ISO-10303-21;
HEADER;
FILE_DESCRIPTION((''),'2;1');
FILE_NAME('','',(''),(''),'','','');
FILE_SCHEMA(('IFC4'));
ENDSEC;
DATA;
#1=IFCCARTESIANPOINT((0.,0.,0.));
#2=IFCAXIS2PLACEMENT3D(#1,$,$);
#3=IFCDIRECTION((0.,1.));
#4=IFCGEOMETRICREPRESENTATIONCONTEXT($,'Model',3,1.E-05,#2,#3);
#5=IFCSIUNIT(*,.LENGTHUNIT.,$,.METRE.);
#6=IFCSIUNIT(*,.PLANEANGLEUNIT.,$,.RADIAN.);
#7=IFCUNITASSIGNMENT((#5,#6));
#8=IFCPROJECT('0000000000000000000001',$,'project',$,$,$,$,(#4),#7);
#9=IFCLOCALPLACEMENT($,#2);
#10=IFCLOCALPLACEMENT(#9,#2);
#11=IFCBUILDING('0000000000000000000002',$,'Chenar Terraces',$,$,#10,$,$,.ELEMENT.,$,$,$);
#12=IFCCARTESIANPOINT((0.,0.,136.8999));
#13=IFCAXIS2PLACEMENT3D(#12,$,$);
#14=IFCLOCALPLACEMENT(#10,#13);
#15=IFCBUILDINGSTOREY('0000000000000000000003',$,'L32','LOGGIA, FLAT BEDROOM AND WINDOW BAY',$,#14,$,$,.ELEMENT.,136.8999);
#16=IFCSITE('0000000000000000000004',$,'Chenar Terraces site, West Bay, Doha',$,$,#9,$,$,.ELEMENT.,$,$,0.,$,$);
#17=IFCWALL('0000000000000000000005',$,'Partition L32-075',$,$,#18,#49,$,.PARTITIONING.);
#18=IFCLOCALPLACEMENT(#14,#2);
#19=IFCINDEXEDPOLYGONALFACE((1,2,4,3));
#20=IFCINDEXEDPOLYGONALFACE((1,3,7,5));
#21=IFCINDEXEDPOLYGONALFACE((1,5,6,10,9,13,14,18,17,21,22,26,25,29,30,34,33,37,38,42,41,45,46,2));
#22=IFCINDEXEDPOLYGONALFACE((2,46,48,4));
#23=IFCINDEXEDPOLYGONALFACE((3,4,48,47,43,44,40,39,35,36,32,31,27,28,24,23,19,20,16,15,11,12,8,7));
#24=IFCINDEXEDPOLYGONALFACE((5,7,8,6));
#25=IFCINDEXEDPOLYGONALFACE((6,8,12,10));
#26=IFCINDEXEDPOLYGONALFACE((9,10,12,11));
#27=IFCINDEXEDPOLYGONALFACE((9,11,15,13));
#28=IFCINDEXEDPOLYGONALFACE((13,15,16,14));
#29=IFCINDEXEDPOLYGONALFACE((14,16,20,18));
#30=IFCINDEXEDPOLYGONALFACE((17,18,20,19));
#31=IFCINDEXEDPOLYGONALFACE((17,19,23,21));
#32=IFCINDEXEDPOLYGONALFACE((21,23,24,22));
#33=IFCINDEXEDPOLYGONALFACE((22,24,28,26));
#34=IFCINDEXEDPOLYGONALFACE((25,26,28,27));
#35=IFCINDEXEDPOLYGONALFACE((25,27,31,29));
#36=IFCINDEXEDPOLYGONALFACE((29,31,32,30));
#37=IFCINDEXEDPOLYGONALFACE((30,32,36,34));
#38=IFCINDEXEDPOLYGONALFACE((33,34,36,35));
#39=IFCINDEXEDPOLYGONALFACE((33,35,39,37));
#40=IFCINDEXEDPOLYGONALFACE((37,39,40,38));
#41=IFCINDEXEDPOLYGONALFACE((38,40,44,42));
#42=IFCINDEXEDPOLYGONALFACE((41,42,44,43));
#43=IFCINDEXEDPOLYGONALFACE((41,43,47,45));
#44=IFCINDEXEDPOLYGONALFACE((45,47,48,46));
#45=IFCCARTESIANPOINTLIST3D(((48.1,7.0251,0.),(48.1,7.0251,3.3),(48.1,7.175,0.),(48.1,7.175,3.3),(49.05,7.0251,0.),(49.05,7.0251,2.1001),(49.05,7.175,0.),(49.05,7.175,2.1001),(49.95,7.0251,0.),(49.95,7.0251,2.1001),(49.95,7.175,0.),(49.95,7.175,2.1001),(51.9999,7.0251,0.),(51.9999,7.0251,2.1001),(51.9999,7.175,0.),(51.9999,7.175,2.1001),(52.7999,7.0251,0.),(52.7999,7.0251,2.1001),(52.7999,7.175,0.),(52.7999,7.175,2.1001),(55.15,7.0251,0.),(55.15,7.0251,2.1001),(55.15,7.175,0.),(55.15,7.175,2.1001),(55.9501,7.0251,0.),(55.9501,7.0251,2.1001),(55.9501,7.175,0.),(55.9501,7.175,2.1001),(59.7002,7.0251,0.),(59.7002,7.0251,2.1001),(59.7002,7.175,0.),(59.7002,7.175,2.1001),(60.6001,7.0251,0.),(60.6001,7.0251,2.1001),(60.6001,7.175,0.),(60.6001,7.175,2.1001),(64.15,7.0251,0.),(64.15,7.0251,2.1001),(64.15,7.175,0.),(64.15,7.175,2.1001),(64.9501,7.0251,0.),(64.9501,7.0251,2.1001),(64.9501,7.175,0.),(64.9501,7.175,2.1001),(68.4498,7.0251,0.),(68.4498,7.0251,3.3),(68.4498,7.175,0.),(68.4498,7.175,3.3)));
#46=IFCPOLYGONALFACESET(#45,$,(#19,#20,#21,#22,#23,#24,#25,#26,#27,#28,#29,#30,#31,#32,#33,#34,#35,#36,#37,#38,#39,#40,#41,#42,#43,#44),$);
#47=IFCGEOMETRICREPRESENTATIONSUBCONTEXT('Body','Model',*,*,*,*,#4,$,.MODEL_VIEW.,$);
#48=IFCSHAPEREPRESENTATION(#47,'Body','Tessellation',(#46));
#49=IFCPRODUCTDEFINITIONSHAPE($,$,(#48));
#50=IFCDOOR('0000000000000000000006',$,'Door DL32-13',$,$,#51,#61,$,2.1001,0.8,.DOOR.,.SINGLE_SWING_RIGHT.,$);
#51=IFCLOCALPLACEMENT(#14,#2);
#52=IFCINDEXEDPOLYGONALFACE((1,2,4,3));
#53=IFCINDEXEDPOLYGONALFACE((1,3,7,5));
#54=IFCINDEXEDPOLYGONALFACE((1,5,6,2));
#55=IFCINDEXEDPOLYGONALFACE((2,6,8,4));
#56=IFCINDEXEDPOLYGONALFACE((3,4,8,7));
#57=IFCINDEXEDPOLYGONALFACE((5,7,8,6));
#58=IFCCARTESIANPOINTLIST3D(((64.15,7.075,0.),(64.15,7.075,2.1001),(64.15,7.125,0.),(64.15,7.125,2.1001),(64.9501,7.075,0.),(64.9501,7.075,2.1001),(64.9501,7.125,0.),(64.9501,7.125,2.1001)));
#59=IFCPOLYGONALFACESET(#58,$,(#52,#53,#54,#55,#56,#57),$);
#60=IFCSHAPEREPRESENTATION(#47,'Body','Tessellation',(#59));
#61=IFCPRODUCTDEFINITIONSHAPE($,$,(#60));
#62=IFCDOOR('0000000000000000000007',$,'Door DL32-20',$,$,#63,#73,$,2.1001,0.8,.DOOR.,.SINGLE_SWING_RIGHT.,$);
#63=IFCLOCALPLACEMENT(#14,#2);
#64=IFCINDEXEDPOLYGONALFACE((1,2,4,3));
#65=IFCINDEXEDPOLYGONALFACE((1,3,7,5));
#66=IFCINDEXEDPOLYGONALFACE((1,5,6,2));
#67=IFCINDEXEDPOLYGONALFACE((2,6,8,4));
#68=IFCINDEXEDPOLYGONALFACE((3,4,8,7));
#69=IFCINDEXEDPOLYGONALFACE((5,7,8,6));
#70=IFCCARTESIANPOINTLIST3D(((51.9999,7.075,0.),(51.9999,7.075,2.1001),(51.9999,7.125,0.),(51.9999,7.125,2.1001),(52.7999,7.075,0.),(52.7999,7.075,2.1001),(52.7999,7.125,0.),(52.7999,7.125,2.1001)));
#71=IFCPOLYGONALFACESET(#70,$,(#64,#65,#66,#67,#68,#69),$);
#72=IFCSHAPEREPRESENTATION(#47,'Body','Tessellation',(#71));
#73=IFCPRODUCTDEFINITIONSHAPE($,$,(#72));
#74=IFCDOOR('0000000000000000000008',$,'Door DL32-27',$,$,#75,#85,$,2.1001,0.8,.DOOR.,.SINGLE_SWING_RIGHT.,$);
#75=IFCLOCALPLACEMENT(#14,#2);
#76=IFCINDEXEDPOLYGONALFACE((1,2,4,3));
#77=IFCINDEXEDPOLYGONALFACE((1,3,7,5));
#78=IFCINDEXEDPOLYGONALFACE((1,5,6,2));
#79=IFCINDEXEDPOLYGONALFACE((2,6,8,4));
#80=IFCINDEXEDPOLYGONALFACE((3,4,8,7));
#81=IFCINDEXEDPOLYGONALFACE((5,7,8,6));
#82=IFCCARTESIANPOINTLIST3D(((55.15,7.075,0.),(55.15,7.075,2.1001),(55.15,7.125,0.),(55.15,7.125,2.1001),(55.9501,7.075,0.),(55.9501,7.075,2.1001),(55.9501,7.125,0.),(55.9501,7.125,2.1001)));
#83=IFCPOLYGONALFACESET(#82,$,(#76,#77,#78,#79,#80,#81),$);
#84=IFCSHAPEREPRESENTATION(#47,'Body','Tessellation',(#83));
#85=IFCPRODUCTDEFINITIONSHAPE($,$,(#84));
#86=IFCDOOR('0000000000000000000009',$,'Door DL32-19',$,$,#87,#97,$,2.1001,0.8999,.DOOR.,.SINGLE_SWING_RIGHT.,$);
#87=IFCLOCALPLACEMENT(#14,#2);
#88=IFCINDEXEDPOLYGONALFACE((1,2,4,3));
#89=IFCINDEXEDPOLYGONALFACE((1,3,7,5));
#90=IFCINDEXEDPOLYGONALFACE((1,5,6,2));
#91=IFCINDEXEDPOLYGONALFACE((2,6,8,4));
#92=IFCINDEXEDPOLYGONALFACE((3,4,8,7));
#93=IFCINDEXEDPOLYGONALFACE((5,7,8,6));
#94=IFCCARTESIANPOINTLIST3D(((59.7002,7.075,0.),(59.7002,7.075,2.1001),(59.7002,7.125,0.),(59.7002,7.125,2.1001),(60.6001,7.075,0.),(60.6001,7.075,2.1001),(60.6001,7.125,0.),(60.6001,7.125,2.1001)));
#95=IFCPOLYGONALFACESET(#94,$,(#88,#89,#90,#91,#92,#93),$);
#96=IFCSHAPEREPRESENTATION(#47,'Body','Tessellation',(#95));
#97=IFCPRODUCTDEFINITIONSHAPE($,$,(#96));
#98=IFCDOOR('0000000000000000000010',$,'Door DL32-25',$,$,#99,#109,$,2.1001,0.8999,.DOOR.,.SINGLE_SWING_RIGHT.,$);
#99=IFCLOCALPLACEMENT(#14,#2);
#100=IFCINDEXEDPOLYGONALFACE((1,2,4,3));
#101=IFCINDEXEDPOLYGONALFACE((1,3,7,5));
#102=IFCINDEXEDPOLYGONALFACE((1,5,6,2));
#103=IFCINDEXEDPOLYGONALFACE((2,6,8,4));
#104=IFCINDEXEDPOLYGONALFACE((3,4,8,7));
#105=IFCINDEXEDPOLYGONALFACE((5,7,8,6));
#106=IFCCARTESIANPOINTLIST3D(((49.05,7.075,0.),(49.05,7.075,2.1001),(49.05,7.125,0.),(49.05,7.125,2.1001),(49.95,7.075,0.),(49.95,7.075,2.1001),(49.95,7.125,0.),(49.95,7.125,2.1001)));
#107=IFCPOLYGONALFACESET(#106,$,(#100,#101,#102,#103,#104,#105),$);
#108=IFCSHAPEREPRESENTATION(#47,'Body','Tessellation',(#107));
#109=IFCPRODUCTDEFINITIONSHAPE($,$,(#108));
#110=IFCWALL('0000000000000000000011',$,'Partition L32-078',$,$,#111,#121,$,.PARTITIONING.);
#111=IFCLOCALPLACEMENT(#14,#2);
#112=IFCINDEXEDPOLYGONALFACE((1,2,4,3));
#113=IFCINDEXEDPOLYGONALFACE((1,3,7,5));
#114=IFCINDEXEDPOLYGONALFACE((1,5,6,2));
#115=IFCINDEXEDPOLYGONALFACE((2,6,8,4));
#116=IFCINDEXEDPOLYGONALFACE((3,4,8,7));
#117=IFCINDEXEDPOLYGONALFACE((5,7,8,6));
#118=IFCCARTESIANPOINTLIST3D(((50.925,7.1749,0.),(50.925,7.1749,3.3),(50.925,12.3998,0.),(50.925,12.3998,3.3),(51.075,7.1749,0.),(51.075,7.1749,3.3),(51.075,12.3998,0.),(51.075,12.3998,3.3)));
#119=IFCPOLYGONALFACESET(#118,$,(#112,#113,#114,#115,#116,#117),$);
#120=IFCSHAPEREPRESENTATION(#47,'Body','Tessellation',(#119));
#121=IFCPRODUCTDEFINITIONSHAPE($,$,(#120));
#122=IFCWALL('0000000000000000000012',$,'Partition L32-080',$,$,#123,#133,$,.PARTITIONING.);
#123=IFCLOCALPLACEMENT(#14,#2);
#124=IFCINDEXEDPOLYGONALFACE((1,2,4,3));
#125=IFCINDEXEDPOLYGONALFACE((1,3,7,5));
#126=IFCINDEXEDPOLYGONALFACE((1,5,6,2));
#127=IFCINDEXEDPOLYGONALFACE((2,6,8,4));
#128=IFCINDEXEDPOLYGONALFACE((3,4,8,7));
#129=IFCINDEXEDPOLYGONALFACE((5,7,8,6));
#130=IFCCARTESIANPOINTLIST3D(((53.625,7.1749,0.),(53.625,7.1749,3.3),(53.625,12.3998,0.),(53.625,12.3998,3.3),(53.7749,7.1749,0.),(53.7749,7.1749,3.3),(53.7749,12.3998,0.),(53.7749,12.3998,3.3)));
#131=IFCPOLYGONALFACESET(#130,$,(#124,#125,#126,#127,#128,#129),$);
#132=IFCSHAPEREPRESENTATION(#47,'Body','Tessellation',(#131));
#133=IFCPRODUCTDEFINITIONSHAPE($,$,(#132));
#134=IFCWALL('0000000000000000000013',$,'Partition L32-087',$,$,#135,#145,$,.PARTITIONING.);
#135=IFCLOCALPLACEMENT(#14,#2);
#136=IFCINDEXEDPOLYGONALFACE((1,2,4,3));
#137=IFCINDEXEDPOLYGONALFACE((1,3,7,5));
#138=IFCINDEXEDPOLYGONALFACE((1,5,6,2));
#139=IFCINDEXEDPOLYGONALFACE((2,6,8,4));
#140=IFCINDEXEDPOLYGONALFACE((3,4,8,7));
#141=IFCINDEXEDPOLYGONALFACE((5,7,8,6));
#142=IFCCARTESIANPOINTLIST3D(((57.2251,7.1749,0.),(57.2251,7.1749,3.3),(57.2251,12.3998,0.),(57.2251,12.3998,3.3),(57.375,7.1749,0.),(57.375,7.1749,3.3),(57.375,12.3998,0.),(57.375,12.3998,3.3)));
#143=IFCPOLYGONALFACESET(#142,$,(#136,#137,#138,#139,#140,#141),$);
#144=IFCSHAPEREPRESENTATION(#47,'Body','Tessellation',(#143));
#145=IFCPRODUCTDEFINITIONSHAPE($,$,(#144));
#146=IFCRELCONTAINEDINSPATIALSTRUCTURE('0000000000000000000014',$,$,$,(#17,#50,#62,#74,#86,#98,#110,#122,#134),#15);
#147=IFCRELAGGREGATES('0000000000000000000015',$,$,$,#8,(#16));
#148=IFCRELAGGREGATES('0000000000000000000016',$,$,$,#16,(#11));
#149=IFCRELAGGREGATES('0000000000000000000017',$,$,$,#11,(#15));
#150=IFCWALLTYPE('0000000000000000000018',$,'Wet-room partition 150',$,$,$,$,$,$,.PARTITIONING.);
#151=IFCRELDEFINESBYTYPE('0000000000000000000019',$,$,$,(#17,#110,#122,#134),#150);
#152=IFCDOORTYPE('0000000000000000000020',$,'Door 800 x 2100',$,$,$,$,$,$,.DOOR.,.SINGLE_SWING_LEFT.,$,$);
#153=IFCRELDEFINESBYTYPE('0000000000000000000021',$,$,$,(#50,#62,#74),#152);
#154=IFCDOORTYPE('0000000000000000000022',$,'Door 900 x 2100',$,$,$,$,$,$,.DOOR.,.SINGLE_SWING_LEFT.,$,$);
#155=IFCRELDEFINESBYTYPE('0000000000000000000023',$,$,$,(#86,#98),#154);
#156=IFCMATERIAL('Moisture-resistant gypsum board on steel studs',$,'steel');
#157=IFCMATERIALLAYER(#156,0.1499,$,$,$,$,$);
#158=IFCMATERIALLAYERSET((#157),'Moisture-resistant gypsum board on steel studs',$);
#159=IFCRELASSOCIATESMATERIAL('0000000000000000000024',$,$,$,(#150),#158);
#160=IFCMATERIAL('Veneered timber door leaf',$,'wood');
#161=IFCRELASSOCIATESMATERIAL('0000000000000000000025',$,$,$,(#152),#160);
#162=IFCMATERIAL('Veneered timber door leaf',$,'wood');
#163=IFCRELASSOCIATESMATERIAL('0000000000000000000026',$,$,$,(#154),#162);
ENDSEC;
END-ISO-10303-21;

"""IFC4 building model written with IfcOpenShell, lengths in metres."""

from ifc_helpers import new_model, si_unit, direction, frame, frame_2d, origin, place, context, subcontext, project, spatial, rectangle, extrude, material, layer, layer_set, type_object, element, fill, save


model = new_model("IFC4")

# Units and contexts
model_context = context("Model", 3, precision=1e-05, world=origin(), true_north=direction((0.0, 1.0)))
body_context = subcontext(model_context, "Body", "Model", "MODEL_VIEW")
ifc_project = project(units=[si_unit("LENGTHUNIT", "METRE"), si_unit("PLANEANGLEUNIT", "RADIAN")], contexts=[model_context])

# Site, building, storey
site_placement = place(None, origin())
site = spatial("IfcSite", under=ifc_project, at=site_placement, Name="Chenar Terraces site, West Bay, Doha", CompositionType="ELEMENT", RefElevation=0.0)
building_placement = place(site_placement, origin())
building = spatial("IfcBuilding", under=site, at=building_placement, Name="Chenar Terraces", CompositionType="ELEMENT")
storey_placement = place(building_placement, frame((0.0, 0.0, 136.8999)))
storey = spatial("IfcBuildingStorey", under=building, at=storey_placement, Name="L32", Description="LOGGIA, FLAT BEDROOM AND WINDOW BAY", CompositionType="ELEMENT", Elevation=136.8999)

# Wall, openings, doors
ifc_material_1 = material(Name="Moisture-resistant gypsum board on steel studs", Category="steel")
ifc_layer_1 = layer(ifc_material_1, 0.1499)
ifc_layer_set_1 = layer_set([ifc_layer_1], Name="Moisture-resistant gypsum board on steel studs")
wall_type_1 = type_object("IfcWallType", Name="Wet-room partition 150", PredefinedType="PARTITIONING", material=ifc_layer_set_1)
ifc_material_2 = material(Name="Veneered timber door leaf", Category="wood")
door_type_1 = type_object("IfcDoorType", Name="Door 800 x 2100", OperationType="SINGLE_SWING_LEFT", PredefinedType="DOOR", material=ifc_material_2)
ifc_material_3 = material(Name="Veneered timber door leaf", Category="wood")
door_type_2 = type_object("IfcDoorType", Name="Door 900 x 2100", OperationType="SINGLE_SWING_LEFT", PredefinedType="DOOR", material=ifc_material_3)
wall_1_placement = place(storey_placement, frame((48.1001, 7.1001, 0.0), z_axis=(0.0, 0.0, 1.0), x_axis=(1.0, 0.0, 0.0)))
wall_1 = element("IfcWall", 1, at=wall_1_placement, inside=storey, type_object=wall_type_1, Name="Partition L32-075", PredefinedType="PARTITIONING", context=body_context, shape_type="SweptSolid", body=[
    extrude(rectangle(XDim=20.3499, YDim=0.1499, at=frame_2d((10.1748, 0.0))), origin(), (0.0, 0.0, 1.0), 3.3),
])
opening_1_placement = place(wall_1_placement, frame((16.05, 0.0, 0.0)))
opening_1 = element("IfcOpeningElement", 2, at=opening_1_placement, cuts=wall_1, PredefinedType="OPENING", context=body_context, shape_type="SweptSolid", body=[
    extrude(rectangle(XDim=0.8, YDim=2.1001, at=frame_2d((0.3999, 1.05))), frame((0.0, 0.085, 0.0), z_axis=(0.0, -1.0, 0.0), x_axis=(1.0, 0.0, 0.0)), (0.0, 0.0, 1.0), 0.1699),
])
opening_2_placement = place(wall_1_placement, frame((11.6001, 0.0, 0.0)))
opening_2 = element("IfcOpeningElement", 3, at=opening_2_placement, cuts=wall_1, PredefinedType="OPENING", context=body_context, shape_type="SweptSolid", body=[
    extrude(rectangle(XDim=0.8999, YDim=2.1001, at=frame_2d((0.45, 1.05))), frame((0.0, 0.085, 0.0), z_axis=(0.0, -1.0, 0.0), x_axis=(1.0, 0.0, 0.0)), (0.0, 0.0, 1.0), 0.1699),
])
opening_3_placement = place(wall_1_placement, frame((3.8999, 0.0, 0.0)))
opening_3 = element("IfcOpeningElement", 4, at=opening_3_placement, cuts=wall_1, PredefinedType="OPENING", context=body_context, shape_type="SweptSolid", body=[
    extrude(rectangle(XDim=0.8, YDim=2.1001, at=frame_2d((0.3999, 1.05))), frame((0.0, 0.085, 0.0), z_axis=(0.0, -1.0, 0.0), x_axis=(1.0, 0.0, 0.0)), (0.0, 0.0, 1.0), 0.1699),
])
opening_4_placement = place(wall_1_placement, frame((0.95, 0.0, 0.0)))
opening_4 = element("IfcOpeningElement", 5, at=opening_4_placement, cuts=wall_1, PredefinedType="OPENING", context=body_context, shape_type="SweptSolid", body=[
    extrude(rectangle(XDim=0.8999, YDim=2.1001, at=frame_2d((0.45, 1.05))), frame((0.0, 0.085, 0.0), z_axis=(0.0, -1.0, 0.0), x_axis=(1.0, 0.0, 0.0)), (0.0, 0.0, 1.0), 0.1699),
])
opening_5_placement = place(wall_1_placement, frame((7.05, 0.0, 0.0)))
opening_5 = element("IfcOpeningElement", 6, at=opening_5_placement, cuts=wall_1, PredefinedType="OPENING", context=body_context, shape_type="SweptSolid", body=[
    extrude(rectangle(XDim=0.8, YDim=2.1001, at=frame_2d((0.3999, 1.05))), frame((0.0, 0.085, 0.0), z_axis=(0.0, -1.0, 0.0), x_axis=(1.0, 0.0, 0.0)), (0.0, 0.0, 1.0), 0.1699),
])
door_1_placement = place(opening_1_placement, origin())
door_1 = element("IfcDoor", 7, at=door_1_placement, inside=storey, type_object=door_type_1, Name="Door DL32-13", OperationType="SINGLE_SWING_RIGHT", OverallHeight=2.1001, OverallWidth=0.8, PredefinedType="DOOR", context=body_context, shape_type="SweptSolid", body=[
    extrude(rectangle(XDim=0.8, YDim=2.1001, at=frame_2d((0.3999, 1.05))), frame((0.0, 0.0249, 0.0), z_axis=(0.0, -1.0, 0.0), x_axis=(1.0, 0.0, 0.0)), (0.0, 0.0, 1.0), 0.05),
])
fill(opening_1, door_1)
door_2_placement = place(opening_3_placement, origin())
door_2 = element("IfcDoor", 8, at=door_2_placement, inside=storey, type_object=door_type_1, Name="Door DL32-20", OperationType="SINGLE_SWING_RIGHT", OverallHeight=2.1001, OverallWidth=0.8, PredefinedType="DOOR", context=body_context, shape_type="SweptSolid", body=[
    extrude(rectangle(XDim=0.8, YDim=2.1001, at=frame_2d((0.3999, 1.05))), frame((0.0, 0.0249, 0.0), z_axis=(0.0, -1.0, 0.0), x_axis=(1.0, 0.0, 0.0)), (0.0, 0.0, 1.0), 0.05),
])
fill(opening_3, door_2)
door_3_placement = place(opening_5_placement, origin())
door_3 = element("IfcDoor", 9, at=door_3_placement, inside=storey, type_object=door_type_1, Name="Door DL32-27", OperationType="SINGLE_SWING_RIGHT", OverallHeight=2.1001, OverallWidth=0.8, PredefinedType="DOOR", context=body_context, shape_type="SweptSolid", body=[
    extrude(rectangle(XDim=0.8, YDim=2.1001, at=frame_2d((0.3999, 1.05))), frame((0.0, 0.0249, 0.0), z_axis=(0.0, -1.0, 0.0), x_axis=(1.0, 0.0, 0.0)), (0.0, 0.0, 1.0), 0.05),
])
fill(opening_5, door_3)
door_4_placement = place(opening_2_placement, origin())
door_4 = element("IfcDoor", 10, at=door_4_placement, inside=storey, type_object=door_type_2, Name="Door DL32-19", OperationType="SINGLE_SWING_RIGHT", OverallHeight=2.1001, OverallWidth=0.8999, PredefinedType="DOOR", context=body_context, shape_type="SweptSolid", body=[
    extrude(rectangle(XDim=0.8999, YDim=2.1001, at=frame_2d((0.45, 1.05))), frame((0.0, 0.0249, 0.0), z_axis=(0.0, -1.0, 0.0), x_axis=(1.0, 0.0, 0.0)), (0.0, 0.0, 1.0), 0.05),
])
fill(opening_2, door_4)
door_5_placement = place(opening_4_placement, origin())
door_5 = element("IfcDoor", 11, at=door_5_placement, inside=storey, type_object=door_type_2, Name="Door DL32-25", OperationType="SINGLE_SWING_RIGHT", OverallHeight=2.1001, OverallWidth=0.8999, PredefinedType="DOOR", context=body_context, shape_type="SweptSolid", body=[
    extrude(rectangle(XDim=0.8999, YDim=2.1001, at=frame_2d((0.45, 1.05))), frame((0.0, 0.0249, 0.0), z_axis=(0.0, -1.0, 0.0), x_axis=(1.0, 0.0, 0.0)), (0.0, 0.0, 1.0), 0.05),
])
fill(opening_4, door_5)

# Walls
for number, where, z_axis, x_axis, name in (
    (12, (51.0, 7.175, 0.0), (0.0, 0.0, 1.0), (0.0, 1.0, 0.0), "Partition L32-078"),
    (13, (53.7, 7.175, 0.0), (0.0, 0.0, 1.0), (0.0, 1.0, 0.0), "Partition L32-080"),
    (14, (57.3, 7.175, 0.0), (0.0, 0.0, 1.0), (0.0, 1.0, 0.0), "Partition L32-087"),
):
    element("IfcWall", number, at=place(storey_placement, frame(where, z_axis=z_axis, x_axis=x_axis)), inside=storey, type_object=wall_type_1, Name=name, PredefinedType="PARTITIONING", context=body_context, shape_type="SweptSolid", body=[
        extrude(rectangle(XDim=5.2249, YDim=0.1499, at=frame_2d((2.6123, 0.0))), origin(), (0.0, 0.0, 1.0), 3.3),
    ])

save(model, "model.ifc")
